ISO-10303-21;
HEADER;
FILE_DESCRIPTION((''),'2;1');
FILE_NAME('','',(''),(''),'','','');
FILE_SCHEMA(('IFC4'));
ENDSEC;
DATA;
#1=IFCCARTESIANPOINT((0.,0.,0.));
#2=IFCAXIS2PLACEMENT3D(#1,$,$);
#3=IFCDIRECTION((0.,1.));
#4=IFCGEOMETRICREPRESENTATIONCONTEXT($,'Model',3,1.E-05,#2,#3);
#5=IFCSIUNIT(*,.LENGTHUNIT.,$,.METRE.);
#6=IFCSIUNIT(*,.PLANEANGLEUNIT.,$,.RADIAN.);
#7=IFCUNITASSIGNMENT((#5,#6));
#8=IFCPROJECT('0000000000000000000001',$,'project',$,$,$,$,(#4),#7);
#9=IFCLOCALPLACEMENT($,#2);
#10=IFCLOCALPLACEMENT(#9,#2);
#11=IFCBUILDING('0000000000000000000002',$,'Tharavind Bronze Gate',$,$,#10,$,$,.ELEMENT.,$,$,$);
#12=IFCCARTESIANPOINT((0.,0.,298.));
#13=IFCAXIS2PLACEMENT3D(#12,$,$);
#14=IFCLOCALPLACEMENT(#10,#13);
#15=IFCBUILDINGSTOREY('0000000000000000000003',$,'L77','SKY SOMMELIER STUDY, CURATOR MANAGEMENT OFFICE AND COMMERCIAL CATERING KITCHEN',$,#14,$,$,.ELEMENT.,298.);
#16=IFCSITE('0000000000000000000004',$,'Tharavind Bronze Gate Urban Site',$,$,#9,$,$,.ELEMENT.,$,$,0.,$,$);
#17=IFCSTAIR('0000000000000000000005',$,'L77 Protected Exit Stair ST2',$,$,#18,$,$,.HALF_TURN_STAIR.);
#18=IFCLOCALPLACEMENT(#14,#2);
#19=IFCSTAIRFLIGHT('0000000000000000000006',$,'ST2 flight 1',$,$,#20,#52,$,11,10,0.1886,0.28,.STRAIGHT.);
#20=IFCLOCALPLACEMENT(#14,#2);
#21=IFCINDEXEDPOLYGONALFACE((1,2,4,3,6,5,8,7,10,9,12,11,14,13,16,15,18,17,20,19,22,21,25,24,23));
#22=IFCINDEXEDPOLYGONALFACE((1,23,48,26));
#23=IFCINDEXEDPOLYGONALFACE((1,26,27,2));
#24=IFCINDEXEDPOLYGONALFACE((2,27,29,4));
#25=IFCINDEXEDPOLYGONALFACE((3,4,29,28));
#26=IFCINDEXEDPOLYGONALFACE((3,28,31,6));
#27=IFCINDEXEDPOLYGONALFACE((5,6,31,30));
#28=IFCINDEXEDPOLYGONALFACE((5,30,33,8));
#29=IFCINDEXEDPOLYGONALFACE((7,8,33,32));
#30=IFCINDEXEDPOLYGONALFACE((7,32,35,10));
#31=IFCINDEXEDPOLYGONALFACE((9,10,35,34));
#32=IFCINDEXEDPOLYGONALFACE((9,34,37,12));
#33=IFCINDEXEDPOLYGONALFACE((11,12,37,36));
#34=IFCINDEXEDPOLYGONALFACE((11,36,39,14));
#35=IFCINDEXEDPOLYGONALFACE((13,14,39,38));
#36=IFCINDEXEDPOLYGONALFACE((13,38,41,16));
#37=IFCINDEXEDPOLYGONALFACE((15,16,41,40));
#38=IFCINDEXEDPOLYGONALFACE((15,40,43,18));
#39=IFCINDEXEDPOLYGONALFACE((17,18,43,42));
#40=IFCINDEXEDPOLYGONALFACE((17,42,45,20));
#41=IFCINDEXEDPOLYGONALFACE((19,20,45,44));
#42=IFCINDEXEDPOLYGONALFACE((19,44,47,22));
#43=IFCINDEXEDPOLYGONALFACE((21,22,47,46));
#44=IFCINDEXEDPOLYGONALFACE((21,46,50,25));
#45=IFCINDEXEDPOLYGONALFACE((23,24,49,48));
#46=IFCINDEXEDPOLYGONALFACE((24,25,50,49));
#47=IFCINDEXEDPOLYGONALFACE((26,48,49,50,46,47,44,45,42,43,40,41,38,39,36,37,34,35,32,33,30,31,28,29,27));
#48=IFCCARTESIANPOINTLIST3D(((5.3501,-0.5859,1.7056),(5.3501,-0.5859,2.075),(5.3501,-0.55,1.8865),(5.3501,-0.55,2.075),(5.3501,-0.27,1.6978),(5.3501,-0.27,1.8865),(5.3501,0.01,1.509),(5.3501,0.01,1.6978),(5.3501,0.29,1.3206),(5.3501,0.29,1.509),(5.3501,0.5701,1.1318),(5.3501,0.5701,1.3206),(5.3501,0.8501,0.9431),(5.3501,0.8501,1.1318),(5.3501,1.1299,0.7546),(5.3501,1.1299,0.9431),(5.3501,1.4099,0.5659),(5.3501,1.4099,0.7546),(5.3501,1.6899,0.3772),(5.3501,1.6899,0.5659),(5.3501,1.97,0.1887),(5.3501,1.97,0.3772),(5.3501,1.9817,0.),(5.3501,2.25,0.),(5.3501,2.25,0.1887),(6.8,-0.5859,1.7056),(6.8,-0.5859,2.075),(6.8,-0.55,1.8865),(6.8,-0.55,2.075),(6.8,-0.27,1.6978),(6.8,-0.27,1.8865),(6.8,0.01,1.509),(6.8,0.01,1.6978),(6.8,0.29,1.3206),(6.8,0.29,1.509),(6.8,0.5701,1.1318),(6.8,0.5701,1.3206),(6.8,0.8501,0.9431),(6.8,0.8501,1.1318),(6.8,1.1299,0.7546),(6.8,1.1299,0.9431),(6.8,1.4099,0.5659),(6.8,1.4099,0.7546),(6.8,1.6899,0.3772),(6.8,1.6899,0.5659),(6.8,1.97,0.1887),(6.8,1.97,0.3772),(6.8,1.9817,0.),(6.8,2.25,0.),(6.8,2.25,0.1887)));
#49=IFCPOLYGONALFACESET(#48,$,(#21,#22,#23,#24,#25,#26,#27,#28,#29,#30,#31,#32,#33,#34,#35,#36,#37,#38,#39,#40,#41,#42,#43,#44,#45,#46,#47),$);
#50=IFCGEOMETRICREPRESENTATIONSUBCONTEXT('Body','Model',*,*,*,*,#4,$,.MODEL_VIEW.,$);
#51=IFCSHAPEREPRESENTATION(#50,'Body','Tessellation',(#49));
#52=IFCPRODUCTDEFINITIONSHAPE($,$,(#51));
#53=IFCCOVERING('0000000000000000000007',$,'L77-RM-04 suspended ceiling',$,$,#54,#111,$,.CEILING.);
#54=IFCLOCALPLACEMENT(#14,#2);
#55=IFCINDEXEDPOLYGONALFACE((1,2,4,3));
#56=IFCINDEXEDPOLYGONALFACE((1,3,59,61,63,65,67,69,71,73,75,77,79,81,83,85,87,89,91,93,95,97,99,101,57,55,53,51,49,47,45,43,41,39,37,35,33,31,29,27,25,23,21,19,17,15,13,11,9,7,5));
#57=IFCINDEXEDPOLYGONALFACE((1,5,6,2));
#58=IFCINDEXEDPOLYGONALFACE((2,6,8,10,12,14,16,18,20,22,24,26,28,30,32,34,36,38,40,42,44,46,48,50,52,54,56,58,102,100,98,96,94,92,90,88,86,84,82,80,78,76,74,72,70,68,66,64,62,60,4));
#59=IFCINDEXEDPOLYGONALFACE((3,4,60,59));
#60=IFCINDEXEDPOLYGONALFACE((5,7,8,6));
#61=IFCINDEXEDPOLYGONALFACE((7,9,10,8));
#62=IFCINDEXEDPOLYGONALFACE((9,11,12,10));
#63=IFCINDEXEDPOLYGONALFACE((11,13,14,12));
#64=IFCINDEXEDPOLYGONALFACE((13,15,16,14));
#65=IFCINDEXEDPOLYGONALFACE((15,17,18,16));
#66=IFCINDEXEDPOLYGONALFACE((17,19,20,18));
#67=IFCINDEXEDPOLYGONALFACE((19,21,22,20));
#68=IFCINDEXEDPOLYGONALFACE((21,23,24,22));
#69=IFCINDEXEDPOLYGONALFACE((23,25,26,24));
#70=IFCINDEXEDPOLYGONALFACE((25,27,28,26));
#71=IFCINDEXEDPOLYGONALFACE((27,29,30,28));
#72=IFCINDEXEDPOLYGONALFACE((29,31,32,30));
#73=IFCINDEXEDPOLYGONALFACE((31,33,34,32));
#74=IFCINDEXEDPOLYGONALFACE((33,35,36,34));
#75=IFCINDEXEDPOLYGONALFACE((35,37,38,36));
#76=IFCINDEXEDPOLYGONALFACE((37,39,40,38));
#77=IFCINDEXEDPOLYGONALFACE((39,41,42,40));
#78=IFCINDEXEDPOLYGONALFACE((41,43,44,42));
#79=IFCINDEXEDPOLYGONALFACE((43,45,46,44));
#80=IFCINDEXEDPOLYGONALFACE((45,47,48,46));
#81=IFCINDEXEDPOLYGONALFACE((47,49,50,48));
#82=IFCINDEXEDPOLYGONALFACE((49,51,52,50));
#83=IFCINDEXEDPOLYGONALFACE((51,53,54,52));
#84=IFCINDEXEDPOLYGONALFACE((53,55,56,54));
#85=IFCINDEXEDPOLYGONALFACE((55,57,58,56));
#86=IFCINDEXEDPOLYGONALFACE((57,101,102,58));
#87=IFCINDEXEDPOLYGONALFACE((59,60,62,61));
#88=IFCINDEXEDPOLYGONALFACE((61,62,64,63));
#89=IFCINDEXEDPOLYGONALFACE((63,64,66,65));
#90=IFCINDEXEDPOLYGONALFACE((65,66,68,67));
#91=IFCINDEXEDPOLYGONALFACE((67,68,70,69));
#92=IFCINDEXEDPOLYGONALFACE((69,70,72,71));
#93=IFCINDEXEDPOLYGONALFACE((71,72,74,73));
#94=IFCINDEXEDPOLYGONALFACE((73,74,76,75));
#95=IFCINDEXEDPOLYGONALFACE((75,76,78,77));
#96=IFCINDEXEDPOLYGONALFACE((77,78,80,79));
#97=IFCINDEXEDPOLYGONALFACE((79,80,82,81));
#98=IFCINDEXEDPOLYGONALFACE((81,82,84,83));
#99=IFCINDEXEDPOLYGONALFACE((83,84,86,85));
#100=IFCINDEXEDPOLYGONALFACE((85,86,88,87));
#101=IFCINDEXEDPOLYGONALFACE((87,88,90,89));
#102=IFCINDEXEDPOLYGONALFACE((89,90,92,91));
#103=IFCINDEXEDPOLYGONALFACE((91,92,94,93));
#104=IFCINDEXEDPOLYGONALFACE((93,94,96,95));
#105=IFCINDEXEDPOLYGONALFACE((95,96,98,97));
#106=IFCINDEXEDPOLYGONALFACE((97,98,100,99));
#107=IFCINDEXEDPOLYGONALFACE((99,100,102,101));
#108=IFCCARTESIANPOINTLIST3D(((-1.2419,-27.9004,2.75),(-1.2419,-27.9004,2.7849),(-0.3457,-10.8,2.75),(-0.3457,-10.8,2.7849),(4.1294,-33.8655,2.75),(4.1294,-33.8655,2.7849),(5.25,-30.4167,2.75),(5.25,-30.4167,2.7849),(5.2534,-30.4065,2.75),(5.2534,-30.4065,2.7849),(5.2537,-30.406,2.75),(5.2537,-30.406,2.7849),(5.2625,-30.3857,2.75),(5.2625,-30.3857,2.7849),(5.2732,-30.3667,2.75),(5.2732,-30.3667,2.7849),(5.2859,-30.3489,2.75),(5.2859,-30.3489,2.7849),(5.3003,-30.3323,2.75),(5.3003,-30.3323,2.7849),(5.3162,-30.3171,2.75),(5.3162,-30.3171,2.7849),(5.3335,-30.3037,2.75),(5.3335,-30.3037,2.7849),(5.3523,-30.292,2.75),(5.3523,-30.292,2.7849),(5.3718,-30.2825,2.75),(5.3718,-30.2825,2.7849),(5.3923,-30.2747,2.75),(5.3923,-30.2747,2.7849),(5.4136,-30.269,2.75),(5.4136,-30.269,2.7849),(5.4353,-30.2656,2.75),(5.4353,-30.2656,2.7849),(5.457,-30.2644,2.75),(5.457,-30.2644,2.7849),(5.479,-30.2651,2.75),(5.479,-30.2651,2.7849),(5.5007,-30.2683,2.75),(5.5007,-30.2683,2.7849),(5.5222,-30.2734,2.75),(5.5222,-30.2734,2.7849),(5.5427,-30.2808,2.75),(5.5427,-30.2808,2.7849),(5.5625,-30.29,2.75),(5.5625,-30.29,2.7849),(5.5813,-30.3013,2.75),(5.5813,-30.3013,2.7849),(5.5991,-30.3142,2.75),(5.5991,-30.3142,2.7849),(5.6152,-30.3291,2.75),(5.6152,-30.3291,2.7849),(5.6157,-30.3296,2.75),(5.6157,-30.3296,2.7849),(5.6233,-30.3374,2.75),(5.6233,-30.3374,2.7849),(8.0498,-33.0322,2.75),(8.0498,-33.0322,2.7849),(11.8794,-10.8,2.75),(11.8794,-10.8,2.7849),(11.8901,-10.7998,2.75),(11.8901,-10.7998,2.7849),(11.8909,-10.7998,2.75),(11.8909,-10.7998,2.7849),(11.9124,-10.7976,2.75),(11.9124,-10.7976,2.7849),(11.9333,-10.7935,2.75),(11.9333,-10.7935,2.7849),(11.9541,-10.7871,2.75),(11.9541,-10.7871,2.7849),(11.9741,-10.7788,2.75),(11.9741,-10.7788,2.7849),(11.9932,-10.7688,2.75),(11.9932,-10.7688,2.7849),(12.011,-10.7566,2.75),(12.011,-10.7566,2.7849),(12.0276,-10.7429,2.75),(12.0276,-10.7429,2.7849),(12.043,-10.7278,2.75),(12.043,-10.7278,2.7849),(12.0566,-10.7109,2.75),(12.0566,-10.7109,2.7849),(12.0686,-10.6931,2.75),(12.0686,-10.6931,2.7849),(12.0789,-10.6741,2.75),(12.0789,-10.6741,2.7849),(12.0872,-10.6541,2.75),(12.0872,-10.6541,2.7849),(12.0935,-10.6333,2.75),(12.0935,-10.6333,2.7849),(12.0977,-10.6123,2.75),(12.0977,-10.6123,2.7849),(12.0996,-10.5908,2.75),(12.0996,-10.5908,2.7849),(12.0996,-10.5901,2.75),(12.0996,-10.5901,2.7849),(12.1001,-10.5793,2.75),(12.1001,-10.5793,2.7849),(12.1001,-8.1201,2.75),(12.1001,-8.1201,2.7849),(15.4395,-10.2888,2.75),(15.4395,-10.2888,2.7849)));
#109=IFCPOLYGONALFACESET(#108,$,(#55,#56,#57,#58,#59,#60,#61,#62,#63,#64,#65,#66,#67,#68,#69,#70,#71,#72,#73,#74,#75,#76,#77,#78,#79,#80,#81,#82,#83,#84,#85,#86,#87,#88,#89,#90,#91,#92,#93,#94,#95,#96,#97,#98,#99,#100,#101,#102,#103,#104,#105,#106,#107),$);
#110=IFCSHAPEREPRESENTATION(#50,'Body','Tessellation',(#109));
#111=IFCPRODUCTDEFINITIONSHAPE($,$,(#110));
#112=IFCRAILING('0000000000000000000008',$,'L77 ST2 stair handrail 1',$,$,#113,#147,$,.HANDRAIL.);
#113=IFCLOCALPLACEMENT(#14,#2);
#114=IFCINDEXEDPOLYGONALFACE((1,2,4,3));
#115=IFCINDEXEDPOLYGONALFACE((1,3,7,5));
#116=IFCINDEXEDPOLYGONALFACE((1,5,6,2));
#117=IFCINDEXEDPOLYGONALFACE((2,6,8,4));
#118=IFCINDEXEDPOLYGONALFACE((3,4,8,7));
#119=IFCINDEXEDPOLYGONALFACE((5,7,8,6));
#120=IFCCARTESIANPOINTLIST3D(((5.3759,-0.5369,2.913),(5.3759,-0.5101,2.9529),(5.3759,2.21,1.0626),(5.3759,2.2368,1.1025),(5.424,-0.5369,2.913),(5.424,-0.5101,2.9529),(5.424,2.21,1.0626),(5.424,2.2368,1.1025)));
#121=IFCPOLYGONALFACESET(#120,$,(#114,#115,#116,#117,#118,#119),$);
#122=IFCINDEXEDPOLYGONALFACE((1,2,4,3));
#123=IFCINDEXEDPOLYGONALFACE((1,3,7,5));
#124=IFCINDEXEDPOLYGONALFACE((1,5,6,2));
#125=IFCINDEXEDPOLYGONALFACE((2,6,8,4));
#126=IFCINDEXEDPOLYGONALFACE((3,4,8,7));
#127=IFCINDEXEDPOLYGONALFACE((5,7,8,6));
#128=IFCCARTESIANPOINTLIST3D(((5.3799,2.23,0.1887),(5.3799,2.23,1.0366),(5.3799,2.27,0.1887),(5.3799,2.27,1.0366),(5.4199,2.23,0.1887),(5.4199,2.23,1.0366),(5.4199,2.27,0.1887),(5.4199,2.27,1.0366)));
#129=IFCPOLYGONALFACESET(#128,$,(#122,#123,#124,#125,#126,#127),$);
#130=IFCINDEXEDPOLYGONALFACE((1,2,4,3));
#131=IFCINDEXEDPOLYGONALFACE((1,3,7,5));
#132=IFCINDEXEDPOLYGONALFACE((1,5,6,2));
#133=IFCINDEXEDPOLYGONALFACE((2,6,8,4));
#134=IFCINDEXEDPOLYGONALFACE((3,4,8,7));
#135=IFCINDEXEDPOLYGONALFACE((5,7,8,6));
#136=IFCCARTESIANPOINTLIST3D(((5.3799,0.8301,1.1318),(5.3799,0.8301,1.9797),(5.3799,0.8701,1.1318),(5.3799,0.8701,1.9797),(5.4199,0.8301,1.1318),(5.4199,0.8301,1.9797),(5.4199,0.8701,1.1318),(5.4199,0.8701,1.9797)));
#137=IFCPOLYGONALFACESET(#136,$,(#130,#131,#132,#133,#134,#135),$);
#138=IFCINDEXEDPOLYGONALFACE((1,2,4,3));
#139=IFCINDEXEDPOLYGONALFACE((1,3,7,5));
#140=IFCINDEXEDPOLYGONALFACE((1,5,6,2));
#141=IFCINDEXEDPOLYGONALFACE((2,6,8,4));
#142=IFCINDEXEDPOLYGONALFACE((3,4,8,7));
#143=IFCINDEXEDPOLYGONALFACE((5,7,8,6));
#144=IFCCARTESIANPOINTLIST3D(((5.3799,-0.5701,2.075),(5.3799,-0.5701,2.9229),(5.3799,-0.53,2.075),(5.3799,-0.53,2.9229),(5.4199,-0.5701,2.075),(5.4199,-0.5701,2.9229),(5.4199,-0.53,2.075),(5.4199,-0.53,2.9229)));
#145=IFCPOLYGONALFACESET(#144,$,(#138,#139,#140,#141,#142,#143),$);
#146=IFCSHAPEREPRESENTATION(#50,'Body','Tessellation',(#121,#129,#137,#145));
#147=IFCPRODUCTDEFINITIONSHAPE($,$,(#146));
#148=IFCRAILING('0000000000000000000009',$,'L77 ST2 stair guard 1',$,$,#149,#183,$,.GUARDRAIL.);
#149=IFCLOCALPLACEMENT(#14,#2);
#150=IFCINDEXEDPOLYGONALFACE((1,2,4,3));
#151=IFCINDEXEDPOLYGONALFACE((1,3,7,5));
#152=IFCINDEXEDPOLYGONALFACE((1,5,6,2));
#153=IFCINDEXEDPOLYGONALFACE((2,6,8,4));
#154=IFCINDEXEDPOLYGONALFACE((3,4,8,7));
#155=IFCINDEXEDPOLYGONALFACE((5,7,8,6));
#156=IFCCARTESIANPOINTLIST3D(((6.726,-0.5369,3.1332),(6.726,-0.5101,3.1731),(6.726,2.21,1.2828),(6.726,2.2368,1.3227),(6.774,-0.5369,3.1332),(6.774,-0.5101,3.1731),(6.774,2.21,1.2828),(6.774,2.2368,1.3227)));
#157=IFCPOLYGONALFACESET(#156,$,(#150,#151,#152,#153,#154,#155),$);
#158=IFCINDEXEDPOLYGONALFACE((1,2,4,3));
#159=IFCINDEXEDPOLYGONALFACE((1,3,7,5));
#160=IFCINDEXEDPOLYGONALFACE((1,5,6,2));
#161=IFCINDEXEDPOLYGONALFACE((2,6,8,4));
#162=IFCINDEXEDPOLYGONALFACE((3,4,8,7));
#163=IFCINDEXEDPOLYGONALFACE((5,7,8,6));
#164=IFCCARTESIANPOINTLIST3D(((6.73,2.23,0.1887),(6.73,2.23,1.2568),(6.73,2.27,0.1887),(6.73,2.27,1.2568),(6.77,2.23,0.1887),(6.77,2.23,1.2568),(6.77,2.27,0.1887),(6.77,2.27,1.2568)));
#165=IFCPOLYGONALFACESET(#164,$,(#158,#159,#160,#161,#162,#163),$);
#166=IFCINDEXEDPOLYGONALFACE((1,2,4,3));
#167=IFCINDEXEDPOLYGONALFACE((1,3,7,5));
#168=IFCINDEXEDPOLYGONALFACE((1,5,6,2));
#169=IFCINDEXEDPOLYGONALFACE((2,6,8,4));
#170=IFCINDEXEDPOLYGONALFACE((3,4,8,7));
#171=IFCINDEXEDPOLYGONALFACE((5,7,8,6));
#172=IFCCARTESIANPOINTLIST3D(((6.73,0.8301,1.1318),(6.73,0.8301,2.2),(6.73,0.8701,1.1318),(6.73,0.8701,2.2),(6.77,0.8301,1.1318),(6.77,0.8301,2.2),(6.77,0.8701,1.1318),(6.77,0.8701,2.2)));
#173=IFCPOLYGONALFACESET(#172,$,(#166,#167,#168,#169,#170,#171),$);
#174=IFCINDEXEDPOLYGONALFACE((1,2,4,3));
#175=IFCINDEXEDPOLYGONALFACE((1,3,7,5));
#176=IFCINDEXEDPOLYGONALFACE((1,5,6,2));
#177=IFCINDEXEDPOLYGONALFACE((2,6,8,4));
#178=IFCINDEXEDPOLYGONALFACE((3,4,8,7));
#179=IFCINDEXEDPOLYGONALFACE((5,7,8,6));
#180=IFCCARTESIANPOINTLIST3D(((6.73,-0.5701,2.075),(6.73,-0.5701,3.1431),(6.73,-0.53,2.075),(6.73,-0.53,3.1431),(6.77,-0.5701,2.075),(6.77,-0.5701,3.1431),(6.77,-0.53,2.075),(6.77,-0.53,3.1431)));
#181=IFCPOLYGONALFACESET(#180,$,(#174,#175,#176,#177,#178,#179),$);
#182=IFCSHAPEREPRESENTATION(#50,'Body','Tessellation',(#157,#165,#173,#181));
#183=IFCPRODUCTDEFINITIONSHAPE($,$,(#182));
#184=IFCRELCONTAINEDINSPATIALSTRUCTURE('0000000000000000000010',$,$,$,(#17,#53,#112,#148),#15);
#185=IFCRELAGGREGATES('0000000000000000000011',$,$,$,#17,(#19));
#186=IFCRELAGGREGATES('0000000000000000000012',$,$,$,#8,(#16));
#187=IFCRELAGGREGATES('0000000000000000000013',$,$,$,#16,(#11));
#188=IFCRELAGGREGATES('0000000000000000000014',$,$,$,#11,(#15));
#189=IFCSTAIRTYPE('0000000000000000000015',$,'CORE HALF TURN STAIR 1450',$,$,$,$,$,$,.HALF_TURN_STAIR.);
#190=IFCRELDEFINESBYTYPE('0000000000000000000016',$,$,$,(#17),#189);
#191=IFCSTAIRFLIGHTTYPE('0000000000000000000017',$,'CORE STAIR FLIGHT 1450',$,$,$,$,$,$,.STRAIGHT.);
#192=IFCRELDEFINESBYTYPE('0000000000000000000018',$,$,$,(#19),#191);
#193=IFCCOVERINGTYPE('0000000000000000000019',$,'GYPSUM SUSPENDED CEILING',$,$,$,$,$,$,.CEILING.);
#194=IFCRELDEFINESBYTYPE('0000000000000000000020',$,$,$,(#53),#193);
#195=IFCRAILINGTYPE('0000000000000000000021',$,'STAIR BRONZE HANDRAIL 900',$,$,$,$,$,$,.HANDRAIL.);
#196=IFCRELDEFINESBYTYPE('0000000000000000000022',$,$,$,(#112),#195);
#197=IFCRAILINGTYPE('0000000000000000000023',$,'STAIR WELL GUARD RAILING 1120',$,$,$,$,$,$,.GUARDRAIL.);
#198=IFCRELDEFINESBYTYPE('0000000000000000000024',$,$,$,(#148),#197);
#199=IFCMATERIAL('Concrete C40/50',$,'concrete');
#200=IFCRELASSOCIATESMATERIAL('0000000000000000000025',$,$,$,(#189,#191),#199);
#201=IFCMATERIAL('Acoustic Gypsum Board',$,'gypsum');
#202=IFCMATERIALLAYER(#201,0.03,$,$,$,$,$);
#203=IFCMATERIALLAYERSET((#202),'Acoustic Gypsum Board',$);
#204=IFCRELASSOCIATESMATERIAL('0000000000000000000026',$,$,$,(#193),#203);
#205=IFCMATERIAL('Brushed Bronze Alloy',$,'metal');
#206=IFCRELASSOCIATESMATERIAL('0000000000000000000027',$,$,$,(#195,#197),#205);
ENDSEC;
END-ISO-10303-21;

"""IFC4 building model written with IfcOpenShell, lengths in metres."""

from ifc_helpers import new_model, si_unit, direction, frame, origin, origin_2d, place, context, subcontext, project, spatial, polyline, rectangle, outline, extrude, material, layer, layer_set, type_object, element, aggregate, save


model = new_model("IFC4")

# Units and contexts
model_context = context("Model", 3, precision=1e-05, world=origin(), true_north=direction((0.0, 1.0)))
body_context = subcontext(model_context, "Body", "Model", "MODEL_VIEW")
ifc_project = project(units=[si_unit("LENGTHUNIT", "METRE"), si_unit("PLANEANGLEUNIT", "RADIAN")], contexts=[model_context])

# Site, building, storey
site_placement = place(None, origin())
site = spatial("IfcSite", under=ifc_project, at=site_placement, Name="Tharavind Bronze Gate Urban Site", CompositionType="ELEMENT", RefElevation=0.0)
building_placement = place(site_placement, origin())
building = spatial("IfcBuilding", under=site, at=building_placement, Name="Tharavind Bronze Gate", CompositionType="ELEMENT")
storey_placement = place(building_placement, frame((0.0, 0.0, 298.0)))
storey = spatial("IfcBuildingStorey", under=building, at=storey_placement, Name="L77", Description="SKY SOMMELIER STUDY, CURATOR MANAGEMENT OFFICE AND COMMERCIAL CATERING KITCHEN", CompositionType="ELEMENT", Elevation=298.0)

# Shared definitions
ifc_material_1 = material(Name="Concrete C40/50", Category="concrete")

# Stair, stair flight
stair_type = type_object("IfcStairType", Name="CORE HALF TURN STAIR 1450", PredefinedType="HALF_TURN_STAIR", material=ifc_material_1)
stair_placement = place(storey_placement, origin())
stair = element("IfcStair", 1, at=stair_placement, inside=storey, type_object=stair_type, Name="L77 Protected Exit Stair ST2", PredefinedType="HALF_TURN_STAIR")
stair_flight_type = type_object("IfcStairFlightType", Name="CORE STAIR FLIGHT 1450", PredefinedType="STRAIGHT", material=ifc_material_1)
stair_flight_placement = place(storey_placement, frame((6.075, 2.25, 0.0), z_axis=(0.0, 0.0, 1.0), x_axis=(0.0, -1.0, 0.0)))
stair_flight = element("IfcStairFlight", 2, at=stair_flight_placement, type_object=stair_flight_type, Name="ST2 flight 1", NumberOfRisers=11, NumberOfTreads=10, PredefinedType="STRAIGHT", RiserHeight=0.1886, TreadLength=0.28, context=body_context, shape_type="SweptSolid", body=[
    extrude(outline(polyline([(0.0, 0.0), (0.0, 0.1887), (0.28, 0.1887), (0.28, 0.3772), (0.5601, 0.3772), (0.5601, 0.5659), (0.8401, 0.5659), (0.8401, 0.7546), (1.1201, 0.7546), (1.1201, 0.9431), (1.3999, 0.9431), (1.3999, 1.1318), (1.6799, 1.1318), (1.6799, 1.3206), (1.96, 1.3206), (1.96, 1.509), (2.24, 1.509), (2.24, 1.6978), (2.52, 1.6978), (2.52, 1.8865), (2.8, 1.8865), (2.8, 2.075), (2.8359, 2.075), (2.8359, 1.7056), (0.2683, 0.0), (0.0, 0.0)])), frame((0.0, 0.7251, 0.0), z_axis=(0.0, -1.0, 0.0), x_axis=(1.0, 0.0, 0.0)), (0.0, 0.0, 1.0), 1.45),
])
aggregate(stair, [stair_flight])

# Covering
ifc_material_2 = material(Name="Acoustic Gypsum Board", Category="gypsum")
ifc_layer_1 = layer(ifc_material_2, 0.03)
ifc_layer_set_1 = layer_set([ifc_layer_1], Name="Acoustic Gypsum Board")
covering_type = type_object("IfcCoveringType", Name="GYPSUM SUSPENDED CEILING", PredefinedType="CEILING", material=ifc_layer_set_1)
covering_placement = place(storey_placement, frame((0.0, 0.0, 2.75)))
element("IfcCovering", 3, at=covering_placement, inside=storey, type_object=covering_type, Name="L77-RM-04 suspended ceiling", PredefinedType="CEILING", context=body_context, shape_type="SweptSolid", body=[
    extrude(outline(polyline([(4.1294, -33.8655), (5.25, -30.4167), (5.2534, -30.4065), (5.2537, -30.406), (5.2625, -30.3857), (5.2732, -30.3667), (5.2859, -30.3489), (5.3003, -30.3323), (5.3162, -30.3171), (5.3335, -30.3037), (5.3523, -30.292), (5.3718, -30.2825), (5.3923, -30.2747), (5.4136, -30.269), (5.4353, -30.2656), (5.457, -30.2644), (5.479, -30.2651), (5.5007, -30.2683), (5.5222, -30.2734), (5.5427, -30.2808), (5.5625, -30.29), (5.5813, -30.3013), (5.5991, -30.3142), (5.6152, -30.3291), (5.6157, -30.3296), (5.6233, -30.3374), (8.0498, -33.0322), (15.4395, -10.2888), (12.1001, -8.1201), (12.1001, -10.5793), (12.0996, -10.5901), (12.0996, -10.5908), (12.0977, -10.6123), (12.0935, -10.6333), (12.0872, -10.6541), (12.0789, -10.6741), (12.0686, -10.6931), (12.0566, -10.7109), (12.043, -10.7278), (12.0276, -10.7429), (12.011, -10.7566), (11.9932, -10.7688), (11.9741, -10.7788), (11.9541, -10.7871), (11.9333, -10.7935), (11.9124, -10.7976), (11.8909, -10.7998), (11.8901, -10.7998), (11.8794, -10.8), (-0.3457, -10.8), (-1.2419, -27.9004), (4.1294, -33.8655)])), origin(), (0.0, 0.0, 1.0), 0.0349),
])

# Railings
ifc_material_3 = material(Name="Brushed Bronze Alloy", Category="metal")
railing_type_1 = type_object("IfcRailingType", Name="STAIR BRONZE HANDRAIL 900", PredefinedType="HANDRAIL", material=ifc_material_3)
railing_1_placement = place(storey_placement, frame((5.3999, 2.25, 0.1887)))
element("IfcRailing", 4, at=railing_1_placement, inside=storey, type_object=railing_type_1, Name="L77 ST2 stair handrail 1", PredefinedType="HANDRAIL", context=body_context, shape_type="SweptSolid", body=[
    extrude(rectangle(XDim=0.0481, YDim=0.0481, at=origin_2d()), frame((0.0, -0.0266, 0.8938), z_axis=(0.0, -0.829371, 0.558699), x_axis=(1.0, 0.0, 0.0)), (0.0, 0.0, 1.0), 3.312),
    extrude(rectangle(XDim=0.04, YDim=0.04, at=origin_2d()), origin(), (0.0, 0.0, 1.0), 0.8479),
    extrude(rectangle(XDim=0.04, YDim=0.04, at=origin_2d()), frame((0.0, -1.3999, 0.9431)), (0.0, 0.0, 1.0), 0.8479),
    extrude(rectangle(XDim=0.04, YDim=0.04, at=origin_2d()), frame((0.0, -2.8, 1.8862)), (0.0, 0.0, 1.0), 0.8479),
])
railing_type_2 = type_object("IfcRailingType", Name="STAIR WELL GUARD RAILING 1120", PredefinedType="GUARDRAIL", material=ifc_material_3)
railing_2_placement = place(storey_placement, frame((6.75, 2.25, 0.1887)))
element("IfcRailing", 5, at=railing_2_placement, inside=storey, type_object=railing_type_2, Name="L77 ST2 stair guard 1", PredefinedType="GUARDRAIL", context=body_context, shape_type="SweptSolid", body=[
    extrude(rectangle(XDim=0.0481, YDim=0.0481, at=origin_2d()), frame((0.0, -0.0266, 1.114), z_axis=(0.0, -0.829371, 0.558699), x_axis=(1.0, 0.0, 0.0)), (0.0, 0.0, 1.0), 3.312),
    extrude(rectangle(XDim=0.04, YDim=0.04, at=origin_2d()), origin(), (0.0, 0.0, 1.0), 1.0681),
    extrude(rectangle(XDim=0.04, YDim=0.04, at=origin_2d()), frame((0.0, -1.3999, 0.9431)), (0.0, 0.0, 1.0), 1.0681),
    extrude(rectangle(XDim=0.04, YDim=0.04, at=origin_2d()), frame((0.0, -2.8, 1.8862)), (0.0, 0.0, 1.0), 1.0681),
])

save(model, "model.ifc")
